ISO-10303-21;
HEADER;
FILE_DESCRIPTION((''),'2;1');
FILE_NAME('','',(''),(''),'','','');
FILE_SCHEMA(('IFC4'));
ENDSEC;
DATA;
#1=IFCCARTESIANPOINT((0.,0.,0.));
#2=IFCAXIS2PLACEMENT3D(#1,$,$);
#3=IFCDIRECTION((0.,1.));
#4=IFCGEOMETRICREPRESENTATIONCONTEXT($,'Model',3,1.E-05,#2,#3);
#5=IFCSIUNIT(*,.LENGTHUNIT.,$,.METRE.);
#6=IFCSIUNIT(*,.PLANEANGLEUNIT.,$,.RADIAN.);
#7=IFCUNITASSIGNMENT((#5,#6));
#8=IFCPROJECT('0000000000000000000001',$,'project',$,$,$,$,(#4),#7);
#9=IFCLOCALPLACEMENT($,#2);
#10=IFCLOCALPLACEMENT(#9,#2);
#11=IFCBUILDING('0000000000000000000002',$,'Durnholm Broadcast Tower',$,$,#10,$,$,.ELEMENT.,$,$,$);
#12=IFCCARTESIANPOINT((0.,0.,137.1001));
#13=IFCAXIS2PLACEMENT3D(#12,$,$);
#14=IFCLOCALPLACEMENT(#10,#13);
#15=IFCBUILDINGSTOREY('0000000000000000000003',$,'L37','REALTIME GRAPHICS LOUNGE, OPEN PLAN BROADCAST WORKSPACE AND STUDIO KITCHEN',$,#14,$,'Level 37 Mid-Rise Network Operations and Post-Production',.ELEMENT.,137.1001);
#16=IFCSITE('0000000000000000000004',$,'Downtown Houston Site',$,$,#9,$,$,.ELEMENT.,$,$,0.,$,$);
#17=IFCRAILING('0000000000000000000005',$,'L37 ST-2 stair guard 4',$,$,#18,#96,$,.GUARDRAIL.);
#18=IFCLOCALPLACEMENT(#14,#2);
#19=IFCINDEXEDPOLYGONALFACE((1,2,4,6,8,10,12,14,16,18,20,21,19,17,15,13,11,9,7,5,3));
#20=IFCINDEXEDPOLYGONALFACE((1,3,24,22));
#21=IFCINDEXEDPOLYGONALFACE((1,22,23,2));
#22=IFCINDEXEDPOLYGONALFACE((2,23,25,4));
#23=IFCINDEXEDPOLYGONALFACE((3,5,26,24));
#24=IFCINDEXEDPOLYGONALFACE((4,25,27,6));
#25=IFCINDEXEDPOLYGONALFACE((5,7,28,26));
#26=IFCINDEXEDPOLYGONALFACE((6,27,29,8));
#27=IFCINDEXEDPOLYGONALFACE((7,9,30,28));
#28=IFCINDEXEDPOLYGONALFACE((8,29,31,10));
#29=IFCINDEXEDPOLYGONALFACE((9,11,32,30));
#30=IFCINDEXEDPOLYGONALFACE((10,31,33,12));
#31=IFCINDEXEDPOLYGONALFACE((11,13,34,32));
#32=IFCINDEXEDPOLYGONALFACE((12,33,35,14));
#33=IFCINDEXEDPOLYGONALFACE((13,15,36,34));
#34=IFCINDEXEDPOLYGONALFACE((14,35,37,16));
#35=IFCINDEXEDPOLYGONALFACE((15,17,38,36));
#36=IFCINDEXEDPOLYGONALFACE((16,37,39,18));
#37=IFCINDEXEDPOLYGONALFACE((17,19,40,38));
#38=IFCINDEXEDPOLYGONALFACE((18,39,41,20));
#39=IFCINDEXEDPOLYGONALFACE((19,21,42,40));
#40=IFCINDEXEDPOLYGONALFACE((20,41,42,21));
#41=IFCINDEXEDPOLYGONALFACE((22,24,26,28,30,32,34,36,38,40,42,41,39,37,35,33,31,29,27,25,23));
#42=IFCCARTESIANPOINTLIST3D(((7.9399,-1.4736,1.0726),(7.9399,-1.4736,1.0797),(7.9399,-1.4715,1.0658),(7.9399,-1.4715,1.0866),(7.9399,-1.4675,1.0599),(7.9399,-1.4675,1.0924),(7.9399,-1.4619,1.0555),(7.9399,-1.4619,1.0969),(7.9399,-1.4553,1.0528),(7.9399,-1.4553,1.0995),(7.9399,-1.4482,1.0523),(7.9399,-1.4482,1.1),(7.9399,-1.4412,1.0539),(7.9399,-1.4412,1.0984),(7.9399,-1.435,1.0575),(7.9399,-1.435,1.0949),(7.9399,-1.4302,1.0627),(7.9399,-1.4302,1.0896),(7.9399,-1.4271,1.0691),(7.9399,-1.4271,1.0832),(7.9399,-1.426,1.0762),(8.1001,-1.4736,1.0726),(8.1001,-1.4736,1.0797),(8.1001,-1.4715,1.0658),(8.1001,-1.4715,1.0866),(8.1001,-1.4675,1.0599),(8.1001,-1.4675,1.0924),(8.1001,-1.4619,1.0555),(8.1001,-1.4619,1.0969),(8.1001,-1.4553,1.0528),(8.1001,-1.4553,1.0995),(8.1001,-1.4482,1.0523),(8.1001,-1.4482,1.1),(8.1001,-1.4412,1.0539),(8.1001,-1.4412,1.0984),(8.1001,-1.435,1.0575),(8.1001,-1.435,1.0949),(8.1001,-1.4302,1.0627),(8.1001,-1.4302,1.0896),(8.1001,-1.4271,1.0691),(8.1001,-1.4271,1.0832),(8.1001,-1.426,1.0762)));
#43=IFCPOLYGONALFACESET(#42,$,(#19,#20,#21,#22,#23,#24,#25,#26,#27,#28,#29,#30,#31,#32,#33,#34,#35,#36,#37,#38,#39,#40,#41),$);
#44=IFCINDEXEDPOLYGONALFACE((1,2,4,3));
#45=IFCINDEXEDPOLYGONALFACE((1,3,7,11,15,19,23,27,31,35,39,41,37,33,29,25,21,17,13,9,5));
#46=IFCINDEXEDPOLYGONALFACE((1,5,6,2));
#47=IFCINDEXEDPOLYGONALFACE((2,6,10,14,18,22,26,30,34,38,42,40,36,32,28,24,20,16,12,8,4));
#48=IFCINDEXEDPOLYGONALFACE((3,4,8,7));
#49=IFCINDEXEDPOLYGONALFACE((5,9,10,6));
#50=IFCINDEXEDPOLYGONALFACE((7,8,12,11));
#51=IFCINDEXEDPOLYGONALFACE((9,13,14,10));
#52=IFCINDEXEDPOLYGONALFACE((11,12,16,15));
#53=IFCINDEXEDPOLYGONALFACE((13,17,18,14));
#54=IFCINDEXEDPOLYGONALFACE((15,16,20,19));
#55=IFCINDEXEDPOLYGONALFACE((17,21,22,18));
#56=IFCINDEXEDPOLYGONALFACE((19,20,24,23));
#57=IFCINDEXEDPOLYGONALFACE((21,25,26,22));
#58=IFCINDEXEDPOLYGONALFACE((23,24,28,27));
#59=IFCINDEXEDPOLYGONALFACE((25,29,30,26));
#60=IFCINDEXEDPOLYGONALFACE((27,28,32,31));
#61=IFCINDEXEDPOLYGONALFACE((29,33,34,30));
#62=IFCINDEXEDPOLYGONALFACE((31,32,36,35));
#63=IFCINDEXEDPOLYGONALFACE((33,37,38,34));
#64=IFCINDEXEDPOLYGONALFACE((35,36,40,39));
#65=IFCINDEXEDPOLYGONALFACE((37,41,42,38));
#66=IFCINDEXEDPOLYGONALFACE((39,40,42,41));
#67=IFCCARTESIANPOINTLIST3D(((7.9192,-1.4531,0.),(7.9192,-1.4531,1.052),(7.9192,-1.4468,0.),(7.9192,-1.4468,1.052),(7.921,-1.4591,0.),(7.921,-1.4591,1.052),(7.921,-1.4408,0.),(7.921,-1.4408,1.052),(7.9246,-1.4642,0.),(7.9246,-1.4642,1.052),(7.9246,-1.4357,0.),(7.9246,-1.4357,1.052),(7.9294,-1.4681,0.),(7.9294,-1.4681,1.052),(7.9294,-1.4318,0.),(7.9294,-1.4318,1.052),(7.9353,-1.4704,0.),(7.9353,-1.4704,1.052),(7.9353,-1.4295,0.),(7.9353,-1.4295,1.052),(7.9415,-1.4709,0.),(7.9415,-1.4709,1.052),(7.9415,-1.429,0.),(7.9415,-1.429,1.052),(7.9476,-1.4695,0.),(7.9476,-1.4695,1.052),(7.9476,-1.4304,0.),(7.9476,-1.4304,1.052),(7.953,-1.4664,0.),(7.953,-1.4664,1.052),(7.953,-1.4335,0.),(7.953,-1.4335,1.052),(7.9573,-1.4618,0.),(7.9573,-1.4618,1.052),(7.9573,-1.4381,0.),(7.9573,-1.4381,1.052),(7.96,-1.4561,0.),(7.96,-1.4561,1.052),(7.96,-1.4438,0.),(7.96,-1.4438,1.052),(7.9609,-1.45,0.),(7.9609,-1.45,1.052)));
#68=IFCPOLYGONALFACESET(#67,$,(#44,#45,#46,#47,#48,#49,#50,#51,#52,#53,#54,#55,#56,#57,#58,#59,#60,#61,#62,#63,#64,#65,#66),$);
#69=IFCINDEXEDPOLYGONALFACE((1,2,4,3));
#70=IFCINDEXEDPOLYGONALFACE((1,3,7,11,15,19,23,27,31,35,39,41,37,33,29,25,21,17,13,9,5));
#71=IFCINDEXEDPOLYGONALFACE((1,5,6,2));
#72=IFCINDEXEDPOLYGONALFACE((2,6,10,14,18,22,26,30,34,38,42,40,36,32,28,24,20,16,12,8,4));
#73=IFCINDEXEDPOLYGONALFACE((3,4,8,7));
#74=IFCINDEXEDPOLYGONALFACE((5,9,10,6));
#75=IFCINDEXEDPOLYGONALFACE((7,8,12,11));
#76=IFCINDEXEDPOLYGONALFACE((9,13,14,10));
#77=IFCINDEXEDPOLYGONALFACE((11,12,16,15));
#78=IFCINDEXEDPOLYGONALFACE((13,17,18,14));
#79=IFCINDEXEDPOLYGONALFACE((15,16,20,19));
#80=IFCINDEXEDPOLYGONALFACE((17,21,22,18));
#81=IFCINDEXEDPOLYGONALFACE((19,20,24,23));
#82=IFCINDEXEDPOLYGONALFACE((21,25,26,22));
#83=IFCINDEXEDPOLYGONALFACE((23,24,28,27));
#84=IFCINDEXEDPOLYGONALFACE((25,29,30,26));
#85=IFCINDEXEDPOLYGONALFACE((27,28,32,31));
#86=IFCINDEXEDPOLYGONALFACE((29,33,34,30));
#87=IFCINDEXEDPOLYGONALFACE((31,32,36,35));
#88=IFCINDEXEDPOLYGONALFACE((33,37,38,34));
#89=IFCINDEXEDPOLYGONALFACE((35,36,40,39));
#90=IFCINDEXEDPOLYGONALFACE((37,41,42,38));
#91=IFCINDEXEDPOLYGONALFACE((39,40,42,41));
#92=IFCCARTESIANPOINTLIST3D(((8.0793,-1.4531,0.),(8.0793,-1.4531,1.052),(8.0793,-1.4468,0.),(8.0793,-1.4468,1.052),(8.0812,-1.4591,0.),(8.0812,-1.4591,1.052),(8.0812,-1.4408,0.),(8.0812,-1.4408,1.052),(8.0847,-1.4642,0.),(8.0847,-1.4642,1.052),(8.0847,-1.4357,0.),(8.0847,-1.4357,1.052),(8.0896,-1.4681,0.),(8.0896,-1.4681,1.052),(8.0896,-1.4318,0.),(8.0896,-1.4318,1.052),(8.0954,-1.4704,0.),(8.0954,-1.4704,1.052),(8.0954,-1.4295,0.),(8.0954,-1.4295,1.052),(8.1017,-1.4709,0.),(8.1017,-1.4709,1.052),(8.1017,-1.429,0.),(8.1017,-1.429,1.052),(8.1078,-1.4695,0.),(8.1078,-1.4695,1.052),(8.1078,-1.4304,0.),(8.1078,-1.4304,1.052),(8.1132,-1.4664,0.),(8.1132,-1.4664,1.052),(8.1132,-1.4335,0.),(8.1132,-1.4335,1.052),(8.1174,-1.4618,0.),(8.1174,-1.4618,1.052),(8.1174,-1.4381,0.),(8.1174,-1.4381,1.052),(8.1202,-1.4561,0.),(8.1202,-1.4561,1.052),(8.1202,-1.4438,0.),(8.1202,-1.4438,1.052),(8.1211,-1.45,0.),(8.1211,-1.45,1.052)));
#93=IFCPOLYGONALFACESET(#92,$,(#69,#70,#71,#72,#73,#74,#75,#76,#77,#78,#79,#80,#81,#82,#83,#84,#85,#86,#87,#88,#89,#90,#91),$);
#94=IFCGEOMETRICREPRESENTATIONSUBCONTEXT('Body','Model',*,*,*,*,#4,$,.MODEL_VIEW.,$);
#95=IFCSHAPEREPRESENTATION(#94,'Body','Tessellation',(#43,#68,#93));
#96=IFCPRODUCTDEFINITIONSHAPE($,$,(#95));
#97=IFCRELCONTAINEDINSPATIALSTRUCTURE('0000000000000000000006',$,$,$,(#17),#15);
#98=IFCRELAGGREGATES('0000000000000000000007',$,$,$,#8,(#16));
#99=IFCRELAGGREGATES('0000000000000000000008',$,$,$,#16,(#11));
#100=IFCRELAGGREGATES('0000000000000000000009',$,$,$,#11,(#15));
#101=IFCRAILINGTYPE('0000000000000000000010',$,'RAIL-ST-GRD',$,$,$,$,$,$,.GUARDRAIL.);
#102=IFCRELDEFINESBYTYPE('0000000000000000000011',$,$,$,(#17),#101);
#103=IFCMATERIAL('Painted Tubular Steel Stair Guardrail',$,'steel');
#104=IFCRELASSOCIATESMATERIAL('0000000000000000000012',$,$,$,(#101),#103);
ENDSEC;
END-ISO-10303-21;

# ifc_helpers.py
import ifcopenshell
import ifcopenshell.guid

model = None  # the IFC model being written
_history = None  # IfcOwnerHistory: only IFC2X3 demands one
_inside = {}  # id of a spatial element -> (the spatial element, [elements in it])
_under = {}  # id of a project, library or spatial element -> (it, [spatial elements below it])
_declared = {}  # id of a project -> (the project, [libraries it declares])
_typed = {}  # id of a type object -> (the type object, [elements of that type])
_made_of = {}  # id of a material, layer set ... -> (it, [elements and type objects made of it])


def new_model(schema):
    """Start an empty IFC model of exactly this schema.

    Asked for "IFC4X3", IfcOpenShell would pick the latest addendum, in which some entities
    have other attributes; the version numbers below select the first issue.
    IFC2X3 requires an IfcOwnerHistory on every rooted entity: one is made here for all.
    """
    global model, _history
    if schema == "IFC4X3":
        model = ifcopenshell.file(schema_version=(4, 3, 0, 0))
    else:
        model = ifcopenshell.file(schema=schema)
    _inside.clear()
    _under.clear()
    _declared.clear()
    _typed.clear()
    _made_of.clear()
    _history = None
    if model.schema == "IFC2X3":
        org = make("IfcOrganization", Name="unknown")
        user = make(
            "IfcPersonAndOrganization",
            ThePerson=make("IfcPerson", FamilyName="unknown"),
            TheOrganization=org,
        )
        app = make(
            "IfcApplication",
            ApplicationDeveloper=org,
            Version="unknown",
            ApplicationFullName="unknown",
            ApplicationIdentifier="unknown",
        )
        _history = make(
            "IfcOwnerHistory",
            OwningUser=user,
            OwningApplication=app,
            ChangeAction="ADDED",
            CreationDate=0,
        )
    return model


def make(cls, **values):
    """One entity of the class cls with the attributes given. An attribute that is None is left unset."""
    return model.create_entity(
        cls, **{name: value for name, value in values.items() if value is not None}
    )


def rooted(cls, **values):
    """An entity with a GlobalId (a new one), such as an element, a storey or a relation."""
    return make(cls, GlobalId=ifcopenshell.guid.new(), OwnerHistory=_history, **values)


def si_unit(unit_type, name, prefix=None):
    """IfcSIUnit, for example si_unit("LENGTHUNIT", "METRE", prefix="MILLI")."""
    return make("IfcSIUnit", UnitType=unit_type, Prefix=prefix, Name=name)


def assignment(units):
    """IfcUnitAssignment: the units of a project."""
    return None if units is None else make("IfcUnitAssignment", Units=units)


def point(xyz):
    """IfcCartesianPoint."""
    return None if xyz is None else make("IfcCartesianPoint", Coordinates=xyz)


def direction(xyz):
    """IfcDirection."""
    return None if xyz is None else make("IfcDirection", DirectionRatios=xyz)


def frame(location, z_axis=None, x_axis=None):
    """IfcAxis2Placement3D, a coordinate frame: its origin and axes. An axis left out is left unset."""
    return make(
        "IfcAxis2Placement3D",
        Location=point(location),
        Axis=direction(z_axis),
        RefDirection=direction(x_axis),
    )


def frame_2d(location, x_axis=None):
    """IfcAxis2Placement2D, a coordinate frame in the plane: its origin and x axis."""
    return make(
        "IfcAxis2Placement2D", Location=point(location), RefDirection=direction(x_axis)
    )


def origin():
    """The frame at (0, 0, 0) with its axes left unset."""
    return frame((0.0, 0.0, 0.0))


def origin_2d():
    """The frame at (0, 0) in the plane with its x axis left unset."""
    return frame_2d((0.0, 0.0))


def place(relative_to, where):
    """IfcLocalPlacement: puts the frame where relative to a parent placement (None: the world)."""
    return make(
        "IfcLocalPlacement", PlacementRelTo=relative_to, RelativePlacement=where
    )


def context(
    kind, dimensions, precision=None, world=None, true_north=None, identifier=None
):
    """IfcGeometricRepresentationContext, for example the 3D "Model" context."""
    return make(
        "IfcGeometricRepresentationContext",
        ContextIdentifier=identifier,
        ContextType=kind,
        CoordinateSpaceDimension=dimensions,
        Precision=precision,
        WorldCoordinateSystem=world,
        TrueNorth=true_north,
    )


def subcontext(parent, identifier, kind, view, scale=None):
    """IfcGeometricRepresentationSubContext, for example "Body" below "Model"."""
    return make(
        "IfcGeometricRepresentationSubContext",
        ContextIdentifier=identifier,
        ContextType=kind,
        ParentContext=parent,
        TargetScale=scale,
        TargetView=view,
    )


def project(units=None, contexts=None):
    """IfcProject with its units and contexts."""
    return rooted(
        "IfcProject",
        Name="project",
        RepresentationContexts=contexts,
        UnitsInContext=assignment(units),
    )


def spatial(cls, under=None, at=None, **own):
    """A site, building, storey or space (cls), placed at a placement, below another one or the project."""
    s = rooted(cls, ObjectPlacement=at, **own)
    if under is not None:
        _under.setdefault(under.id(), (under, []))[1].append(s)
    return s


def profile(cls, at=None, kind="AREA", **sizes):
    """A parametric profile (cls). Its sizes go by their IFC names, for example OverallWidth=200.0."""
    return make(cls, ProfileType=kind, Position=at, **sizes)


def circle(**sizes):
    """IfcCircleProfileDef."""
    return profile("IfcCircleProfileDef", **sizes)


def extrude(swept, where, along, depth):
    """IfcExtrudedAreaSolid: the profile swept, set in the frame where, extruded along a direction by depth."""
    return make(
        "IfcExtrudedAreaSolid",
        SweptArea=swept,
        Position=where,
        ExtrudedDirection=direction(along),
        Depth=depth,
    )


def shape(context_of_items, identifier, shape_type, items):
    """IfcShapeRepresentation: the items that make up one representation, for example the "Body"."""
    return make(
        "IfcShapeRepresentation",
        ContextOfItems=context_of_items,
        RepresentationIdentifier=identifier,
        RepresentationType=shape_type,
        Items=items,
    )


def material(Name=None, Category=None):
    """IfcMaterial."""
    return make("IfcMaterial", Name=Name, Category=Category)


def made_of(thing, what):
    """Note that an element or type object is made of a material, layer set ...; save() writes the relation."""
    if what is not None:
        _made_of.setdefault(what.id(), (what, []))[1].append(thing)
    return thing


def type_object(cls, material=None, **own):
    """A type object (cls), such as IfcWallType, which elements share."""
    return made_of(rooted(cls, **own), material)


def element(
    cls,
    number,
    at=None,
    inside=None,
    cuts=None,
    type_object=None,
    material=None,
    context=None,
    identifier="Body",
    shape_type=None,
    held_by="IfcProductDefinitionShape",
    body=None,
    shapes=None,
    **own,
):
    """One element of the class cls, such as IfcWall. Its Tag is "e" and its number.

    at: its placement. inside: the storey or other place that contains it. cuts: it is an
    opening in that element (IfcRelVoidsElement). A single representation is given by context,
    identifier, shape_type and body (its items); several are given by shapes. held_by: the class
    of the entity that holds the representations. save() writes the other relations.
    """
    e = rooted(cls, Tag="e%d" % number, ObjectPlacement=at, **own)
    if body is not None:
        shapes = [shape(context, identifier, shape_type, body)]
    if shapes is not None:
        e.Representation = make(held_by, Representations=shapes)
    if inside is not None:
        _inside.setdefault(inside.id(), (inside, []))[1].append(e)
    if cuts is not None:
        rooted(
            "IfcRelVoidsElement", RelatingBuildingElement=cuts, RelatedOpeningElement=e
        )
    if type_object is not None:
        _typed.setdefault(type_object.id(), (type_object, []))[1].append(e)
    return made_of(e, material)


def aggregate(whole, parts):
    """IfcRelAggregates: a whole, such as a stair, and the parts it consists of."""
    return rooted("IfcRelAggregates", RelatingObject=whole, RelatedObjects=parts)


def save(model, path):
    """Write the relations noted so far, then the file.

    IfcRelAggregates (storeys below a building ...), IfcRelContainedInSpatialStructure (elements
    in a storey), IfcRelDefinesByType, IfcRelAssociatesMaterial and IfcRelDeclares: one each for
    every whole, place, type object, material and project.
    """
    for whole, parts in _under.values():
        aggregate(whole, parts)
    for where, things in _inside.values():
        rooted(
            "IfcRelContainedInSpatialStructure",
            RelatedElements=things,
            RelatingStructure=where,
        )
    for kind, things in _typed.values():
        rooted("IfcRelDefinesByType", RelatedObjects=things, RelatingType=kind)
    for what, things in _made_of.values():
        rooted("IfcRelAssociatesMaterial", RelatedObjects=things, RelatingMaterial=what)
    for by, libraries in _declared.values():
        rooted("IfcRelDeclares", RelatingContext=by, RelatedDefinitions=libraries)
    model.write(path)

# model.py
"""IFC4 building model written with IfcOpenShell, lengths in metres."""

from ifc_helpers import new_model, si_unit, direction, frame, origin, origin_2d, place, context, subcontext, project, spatial, circle, extrude, material, type_object, element, save


model = new_model("IFC4")

# Units and contexts
model_context = context("Model", 3, precision=1e-05, world=origin(), true_north=direction((0.0, 1.0)))
body_context = subcontext(model_context, "Body", "Model", "MODEL_VIEW")
ifc_project = project(units=[si_unit("LENGTHUNIT", "METRE"), si_unit("PLANEANGLEUNIT", "RADIAN")], contexts=[model_context])

# Site, building, storey
site_placement = place(None, origin())
site = spatial("IfcSite", under=ifc_project, at=site_placement, Name="Downtown Houston Site", CompositionType="ELEMENT", RefElevation=0.0)
building_placement = place(site_placement, origin())
building = spatial("IfcBuilding", under=site, at=building_placement, Name="Durnholm Broadcast Tower", CompositionType="ELEMENT")
storey_placement = place(building_placement, frame((0.0, 0.0, 137.1001)))
storey = spatial("IfcBuildingStorey", under=building, at=storey_placement, Name="L37", Description="REALTIME GRAPHICS LOUNGE, OPEN PLAN BROADCAST WORKSPACE AND STUDIO KITCHEN", LongName="Level 37 Mid-Rise Network Operations and Post-Production", CompositionType="ELEMENT", Elevation=137.1001)

# Railing
ifc_material_1 = material(Name="Painted Tubular Steel Stair Guardrail", Category="steel")
railing_type_1 = type_object("IfcRailingType", Name="RAIL-ST-GRD", PredefinedType="GUARDRAIL", material=ifc_material_1)
railing_1_placement = place(storey_placement, frame((7.9399, -1.45, 0.0)))
element("IfcRailing", 1, at=railing_1_placement, inside=storey, type_object=railing_type_1, Name="L37 ST-2 stair guard 4", PredefinedType="GUARDRAIL", context=body_context, shape_type="SweptSolid", body=[
    extrude(circle(Radius=0.0239, at=origin_2d()), frame((0.0, 0.0, 1.0762), z_axis=(1.0, 0.0, 0.0), x_axis=(0.0, 1.0, 0.0)), (0.0, 0.0, 1.0), 0.1602),
    extrude(circle(Radius=0.021, at=origin_2d()), origin(), (0.0, 0.0, 1.0), 1.052),
    extrude(circle(Radius=0.021, at=origin_2d()), frame((0.1602, 0.0, 0.0)), (0.0, 0.0, 1.0), 1.052),
])

save(model, "model.ifc")
